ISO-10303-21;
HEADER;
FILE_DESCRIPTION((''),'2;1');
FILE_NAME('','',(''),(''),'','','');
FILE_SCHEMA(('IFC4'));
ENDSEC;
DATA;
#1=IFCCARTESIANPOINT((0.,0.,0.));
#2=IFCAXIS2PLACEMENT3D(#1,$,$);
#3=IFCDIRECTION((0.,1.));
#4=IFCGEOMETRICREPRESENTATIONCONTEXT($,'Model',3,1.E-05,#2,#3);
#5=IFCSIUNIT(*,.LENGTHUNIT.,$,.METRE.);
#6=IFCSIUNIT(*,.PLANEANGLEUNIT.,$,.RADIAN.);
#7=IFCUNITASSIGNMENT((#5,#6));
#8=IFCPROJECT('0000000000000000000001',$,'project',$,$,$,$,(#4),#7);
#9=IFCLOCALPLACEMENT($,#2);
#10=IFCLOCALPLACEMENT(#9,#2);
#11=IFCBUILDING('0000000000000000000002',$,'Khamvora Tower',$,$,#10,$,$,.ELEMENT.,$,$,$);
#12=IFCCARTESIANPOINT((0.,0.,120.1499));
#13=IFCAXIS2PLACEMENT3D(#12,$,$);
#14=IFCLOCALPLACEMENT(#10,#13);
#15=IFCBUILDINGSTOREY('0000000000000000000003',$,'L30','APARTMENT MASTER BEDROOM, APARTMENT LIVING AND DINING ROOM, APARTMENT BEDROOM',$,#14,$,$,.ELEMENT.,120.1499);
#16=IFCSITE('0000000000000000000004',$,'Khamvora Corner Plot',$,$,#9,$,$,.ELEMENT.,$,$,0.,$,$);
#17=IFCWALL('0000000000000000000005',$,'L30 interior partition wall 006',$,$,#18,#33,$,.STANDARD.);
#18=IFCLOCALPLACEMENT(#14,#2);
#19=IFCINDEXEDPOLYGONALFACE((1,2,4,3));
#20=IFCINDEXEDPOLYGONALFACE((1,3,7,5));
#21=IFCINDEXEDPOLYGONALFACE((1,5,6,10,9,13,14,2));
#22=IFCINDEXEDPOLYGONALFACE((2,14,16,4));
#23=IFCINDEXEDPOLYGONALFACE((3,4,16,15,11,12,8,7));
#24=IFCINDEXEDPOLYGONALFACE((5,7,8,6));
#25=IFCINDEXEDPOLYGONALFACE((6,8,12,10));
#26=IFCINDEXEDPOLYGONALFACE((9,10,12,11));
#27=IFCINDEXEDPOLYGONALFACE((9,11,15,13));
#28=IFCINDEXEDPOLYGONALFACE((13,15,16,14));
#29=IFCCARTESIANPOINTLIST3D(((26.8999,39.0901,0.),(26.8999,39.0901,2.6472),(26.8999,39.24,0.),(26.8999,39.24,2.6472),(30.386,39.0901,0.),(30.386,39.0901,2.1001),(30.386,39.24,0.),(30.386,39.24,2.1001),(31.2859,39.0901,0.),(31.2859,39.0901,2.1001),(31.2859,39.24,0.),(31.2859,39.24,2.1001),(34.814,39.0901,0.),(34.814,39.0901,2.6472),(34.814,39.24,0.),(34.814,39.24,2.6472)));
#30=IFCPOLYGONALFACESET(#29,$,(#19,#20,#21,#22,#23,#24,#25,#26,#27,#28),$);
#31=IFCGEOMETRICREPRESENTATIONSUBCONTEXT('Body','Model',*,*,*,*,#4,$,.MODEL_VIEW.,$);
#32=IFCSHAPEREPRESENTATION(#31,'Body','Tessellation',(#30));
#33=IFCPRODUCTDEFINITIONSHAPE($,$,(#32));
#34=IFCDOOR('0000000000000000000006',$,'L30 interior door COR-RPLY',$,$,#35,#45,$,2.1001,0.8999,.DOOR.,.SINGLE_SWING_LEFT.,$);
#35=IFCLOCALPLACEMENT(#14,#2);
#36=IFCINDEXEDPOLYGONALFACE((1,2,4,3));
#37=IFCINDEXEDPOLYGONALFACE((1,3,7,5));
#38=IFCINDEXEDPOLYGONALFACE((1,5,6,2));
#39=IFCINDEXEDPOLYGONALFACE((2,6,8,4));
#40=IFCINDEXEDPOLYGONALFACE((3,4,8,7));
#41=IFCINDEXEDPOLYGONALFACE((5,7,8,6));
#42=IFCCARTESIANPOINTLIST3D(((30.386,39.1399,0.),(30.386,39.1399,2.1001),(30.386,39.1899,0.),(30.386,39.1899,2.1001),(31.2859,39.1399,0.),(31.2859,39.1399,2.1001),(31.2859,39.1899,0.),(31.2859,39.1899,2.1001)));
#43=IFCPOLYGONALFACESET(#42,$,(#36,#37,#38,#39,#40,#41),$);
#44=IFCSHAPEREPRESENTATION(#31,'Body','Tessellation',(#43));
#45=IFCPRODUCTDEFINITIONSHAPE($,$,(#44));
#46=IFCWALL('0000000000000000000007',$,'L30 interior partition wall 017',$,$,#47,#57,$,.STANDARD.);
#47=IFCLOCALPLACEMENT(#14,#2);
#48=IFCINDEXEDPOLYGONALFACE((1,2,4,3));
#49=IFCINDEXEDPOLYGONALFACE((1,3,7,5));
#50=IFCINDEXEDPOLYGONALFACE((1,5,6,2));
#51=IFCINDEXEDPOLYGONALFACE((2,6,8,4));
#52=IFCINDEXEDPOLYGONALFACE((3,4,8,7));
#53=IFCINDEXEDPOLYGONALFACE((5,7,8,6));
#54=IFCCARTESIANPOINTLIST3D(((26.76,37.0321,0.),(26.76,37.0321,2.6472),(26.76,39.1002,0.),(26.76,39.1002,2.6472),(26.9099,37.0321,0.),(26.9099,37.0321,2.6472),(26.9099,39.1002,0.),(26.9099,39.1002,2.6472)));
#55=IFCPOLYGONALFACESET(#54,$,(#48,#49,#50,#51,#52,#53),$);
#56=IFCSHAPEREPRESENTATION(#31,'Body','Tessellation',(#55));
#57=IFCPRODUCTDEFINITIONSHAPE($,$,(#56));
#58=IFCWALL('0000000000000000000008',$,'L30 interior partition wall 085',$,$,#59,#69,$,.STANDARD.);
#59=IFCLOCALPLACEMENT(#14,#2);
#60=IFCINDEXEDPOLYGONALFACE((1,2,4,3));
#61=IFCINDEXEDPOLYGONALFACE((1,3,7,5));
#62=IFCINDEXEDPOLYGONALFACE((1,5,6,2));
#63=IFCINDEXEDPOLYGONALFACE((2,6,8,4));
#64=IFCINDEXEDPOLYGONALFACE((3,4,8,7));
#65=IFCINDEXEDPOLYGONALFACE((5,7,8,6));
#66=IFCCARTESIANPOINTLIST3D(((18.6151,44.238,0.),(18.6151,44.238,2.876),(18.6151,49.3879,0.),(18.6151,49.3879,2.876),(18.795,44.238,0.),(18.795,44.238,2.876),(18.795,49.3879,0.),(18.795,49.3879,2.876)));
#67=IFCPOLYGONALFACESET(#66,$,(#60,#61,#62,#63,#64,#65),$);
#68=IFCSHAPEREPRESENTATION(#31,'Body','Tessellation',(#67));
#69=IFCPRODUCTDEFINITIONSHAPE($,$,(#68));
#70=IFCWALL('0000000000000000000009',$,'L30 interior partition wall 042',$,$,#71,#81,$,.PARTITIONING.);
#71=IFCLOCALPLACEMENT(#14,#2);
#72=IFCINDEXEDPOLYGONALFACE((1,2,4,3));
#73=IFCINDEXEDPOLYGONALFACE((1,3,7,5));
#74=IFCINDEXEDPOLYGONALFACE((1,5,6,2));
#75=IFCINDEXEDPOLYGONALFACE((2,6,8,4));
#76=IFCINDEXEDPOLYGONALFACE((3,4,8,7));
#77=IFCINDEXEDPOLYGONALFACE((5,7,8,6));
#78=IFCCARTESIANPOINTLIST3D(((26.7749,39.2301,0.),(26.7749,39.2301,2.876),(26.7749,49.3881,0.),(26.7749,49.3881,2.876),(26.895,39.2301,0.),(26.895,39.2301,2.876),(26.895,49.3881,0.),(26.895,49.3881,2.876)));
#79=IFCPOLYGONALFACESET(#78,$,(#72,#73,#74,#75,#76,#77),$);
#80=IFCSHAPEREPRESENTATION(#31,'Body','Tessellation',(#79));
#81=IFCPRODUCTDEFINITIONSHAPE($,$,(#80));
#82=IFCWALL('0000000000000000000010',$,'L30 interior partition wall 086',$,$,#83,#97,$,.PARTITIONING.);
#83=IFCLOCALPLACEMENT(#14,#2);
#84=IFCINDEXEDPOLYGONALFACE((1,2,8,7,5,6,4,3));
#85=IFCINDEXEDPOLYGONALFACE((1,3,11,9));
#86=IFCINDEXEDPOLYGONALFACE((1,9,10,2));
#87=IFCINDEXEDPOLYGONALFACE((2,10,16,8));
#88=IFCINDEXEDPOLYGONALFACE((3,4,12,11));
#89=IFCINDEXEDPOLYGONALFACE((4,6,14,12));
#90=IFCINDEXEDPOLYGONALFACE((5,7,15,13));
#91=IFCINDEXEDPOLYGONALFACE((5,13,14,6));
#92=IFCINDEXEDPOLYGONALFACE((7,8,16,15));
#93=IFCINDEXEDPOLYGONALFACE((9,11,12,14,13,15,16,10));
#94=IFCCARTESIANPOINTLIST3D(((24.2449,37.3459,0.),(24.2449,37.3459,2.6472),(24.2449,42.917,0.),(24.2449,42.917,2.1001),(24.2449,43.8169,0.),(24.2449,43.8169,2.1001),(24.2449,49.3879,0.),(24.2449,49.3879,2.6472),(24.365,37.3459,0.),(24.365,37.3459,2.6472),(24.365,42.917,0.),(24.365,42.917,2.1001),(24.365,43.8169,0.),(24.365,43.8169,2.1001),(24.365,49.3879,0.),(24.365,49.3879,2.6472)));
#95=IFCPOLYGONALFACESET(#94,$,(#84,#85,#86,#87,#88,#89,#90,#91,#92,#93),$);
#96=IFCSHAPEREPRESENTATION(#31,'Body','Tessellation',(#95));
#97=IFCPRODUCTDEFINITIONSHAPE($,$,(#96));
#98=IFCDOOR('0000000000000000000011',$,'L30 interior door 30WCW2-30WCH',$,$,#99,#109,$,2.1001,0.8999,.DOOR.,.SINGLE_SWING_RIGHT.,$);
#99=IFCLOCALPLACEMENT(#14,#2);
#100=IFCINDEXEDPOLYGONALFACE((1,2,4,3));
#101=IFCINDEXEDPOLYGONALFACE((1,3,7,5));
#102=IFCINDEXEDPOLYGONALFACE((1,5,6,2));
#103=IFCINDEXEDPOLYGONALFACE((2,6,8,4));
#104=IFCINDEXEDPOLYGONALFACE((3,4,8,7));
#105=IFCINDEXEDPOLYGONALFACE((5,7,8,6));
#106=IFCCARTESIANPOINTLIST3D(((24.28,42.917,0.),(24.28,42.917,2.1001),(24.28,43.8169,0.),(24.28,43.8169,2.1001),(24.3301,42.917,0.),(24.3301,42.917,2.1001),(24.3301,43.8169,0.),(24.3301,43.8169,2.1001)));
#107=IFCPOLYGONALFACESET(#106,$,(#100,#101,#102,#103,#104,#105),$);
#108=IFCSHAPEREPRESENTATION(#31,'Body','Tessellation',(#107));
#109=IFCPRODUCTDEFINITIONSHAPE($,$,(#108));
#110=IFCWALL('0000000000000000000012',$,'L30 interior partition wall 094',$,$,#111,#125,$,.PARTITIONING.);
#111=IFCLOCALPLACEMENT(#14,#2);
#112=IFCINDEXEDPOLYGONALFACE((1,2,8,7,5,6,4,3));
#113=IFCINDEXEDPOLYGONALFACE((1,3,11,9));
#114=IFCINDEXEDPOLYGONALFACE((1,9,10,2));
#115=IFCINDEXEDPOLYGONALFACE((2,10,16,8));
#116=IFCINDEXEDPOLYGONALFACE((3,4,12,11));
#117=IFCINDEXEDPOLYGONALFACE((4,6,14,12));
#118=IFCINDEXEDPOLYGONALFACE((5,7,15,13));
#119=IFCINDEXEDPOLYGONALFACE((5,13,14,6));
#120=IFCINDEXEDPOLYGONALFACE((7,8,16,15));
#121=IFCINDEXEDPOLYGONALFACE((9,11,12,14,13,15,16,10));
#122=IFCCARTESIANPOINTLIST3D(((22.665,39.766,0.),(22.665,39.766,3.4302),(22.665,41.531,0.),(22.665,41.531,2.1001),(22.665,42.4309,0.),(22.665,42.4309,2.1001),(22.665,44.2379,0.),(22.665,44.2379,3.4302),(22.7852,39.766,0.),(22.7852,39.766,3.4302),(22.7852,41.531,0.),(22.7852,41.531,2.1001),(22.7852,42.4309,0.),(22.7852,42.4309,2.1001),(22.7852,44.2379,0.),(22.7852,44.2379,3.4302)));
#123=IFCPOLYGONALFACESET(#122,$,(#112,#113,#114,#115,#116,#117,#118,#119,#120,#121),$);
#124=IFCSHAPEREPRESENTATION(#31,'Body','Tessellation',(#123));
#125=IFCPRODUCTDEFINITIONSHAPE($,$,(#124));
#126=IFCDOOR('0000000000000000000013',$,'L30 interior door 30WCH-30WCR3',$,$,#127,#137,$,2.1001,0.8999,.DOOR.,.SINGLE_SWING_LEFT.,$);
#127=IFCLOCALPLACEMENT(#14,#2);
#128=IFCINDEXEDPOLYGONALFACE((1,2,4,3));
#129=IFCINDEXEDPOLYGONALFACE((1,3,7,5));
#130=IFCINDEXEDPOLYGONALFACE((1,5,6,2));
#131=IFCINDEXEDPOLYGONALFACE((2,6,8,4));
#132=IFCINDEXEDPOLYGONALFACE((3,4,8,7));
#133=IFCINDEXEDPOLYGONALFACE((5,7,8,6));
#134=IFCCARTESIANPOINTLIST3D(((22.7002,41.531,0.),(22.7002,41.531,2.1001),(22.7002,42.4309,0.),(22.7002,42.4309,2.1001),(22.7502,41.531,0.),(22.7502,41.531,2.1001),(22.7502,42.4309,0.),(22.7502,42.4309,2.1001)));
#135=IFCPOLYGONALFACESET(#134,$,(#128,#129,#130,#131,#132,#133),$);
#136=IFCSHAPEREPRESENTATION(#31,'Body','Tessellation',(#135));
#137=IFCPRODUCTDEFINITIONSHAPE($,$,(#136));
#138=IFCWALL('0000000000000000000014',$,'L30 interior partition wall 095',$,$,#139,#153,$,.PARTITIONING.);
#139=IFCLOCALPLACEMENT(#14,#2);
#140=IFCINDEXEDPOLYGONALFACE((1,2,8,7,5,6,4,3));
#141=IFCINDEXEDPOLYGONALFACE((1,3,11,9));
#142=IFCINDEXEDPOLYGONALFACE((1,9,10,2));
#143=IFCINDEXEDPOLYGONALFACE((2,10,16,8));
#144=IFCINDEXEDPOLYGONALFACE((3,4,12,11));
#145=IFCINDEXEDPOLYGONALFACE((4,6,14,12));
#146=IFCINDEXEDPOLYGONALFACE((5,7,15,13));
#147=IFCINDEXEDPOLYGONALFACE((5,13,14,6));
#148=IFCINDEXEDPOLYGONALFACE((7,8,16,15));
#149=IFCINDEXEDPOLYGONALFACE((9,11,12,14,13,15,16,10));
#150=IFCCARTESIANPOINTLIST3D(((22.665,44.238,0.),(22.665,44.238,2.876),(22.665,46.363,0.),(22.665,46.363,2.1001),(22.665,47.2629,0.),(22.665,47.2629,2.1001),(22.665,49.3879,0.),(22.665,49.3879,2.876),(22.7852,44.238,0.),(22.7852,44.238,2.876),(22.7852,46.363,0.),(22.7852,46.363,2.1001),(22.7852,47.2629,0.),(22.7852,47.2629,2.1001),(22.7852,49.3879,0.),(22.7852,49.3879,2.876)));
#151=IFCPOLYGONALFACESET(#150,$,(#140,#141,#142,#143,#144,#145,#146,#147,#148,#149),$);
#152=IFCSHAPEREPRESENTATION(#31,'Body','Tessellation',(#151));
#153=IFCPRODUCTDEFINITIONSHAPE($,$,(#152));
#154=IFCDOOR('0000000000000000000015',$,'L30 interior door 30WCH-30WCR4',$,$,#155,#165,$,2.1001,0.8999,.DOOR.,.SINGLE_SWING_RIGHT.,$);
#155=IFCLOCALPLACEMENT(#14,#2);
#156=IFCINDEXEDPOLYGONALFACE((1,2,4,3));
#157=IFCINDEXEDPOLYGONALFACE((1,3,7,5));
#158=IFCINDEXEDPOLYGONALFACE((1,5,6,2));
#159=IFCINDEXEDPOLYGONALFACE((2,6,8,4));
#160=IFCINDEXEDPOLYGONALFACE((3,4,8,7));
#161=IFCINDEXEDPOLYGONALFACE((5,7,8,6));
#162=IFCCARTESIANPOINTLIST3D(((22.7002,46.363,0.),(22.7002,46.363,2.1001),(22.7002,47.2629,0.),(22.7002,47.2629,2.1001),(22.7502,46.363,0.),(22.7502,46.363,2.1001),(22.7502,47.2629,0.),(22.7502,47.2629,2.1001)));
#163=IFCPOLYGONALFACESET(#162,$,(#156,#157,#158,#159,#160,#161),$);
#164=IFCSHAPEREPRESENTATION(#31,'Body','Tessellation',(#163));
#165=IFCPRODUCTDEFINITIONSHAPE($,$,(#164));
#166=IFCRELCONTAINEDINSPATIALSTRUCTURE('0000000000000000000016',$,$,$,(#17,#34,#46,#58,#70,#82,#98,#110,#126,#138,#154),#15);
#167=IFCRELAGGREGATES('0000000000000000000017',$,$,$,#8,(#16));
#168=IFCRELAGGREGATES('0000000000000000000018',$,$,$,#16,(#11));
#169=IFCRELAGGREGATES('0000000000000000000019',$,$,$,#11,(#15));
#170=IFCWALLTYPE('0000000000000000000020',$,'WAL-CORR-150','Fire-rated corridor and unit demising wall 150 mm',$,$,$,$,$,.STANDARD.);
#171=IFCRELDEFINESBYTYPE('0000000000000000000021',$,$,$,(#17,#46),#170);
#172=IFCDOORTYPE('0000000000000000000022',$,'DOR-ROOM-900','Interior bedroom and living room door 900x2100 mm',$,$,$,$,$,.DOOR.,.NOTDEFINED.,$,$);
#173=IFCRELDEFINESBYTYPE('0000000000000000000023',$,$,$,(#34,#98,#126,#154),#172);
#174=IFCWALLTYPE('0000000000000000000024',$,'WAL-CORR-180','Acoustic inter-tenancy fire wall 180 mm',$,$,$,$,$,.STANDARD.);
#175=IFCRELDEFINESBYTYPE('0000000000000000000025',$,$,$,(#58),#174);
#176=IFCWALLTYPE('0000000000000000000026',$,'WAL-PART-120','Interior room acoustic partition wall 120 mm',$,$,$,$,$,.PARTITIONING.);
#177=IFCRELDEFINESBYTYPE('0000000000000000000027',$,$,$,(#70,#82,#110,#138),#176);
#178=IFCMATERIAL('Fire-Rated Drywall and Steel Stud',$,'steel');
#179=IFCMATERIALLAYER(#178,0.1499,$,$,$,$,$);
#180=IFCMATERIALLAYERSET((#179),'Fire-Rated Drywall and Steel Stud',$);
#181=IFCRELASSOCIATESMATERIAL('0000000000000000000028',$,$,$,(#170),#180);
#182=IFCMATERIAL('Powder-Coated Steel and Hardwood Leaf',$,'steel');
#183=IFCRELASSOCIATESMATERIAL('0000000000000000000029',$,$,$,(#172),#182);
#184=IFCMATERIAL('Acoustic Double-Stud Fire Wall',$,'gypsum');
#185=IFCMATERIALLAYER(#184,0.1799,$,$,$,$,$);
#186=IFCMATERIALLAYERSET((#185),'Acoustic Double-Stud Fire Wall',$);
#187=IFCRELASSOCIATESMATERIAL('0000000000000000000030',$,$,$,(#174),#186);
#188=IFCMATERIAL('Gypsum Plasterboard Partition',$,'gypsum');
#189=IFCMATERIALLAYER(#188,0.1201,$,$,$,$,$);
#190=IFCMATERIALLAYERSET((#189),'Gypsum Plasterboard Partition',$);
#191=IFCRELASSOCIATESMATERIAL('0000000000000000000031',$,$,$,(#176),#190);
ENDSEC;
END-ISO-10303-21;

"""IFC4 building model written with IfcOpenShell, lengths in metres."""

from ifc_helpers import new_model, si_unit, direction, frame, frame_2d, origin, place, context, subcontext, project, spatial, rectangle, extrude, material, layer, layer_set, type_object, element, fill, save


model = new_model("IFC4")

# Units and contexts
model_context = context("Model", 3, precision=1e-05, world=origin(), true_north=direction((0.0, 1.0)))
body_context = subcontext(model_context, "Body", "Model", "MODEL_VIEW")
ifc_project = project(units=[si_unit("LENGTHUNIT", "METRE"), si_unit("PLANEANGLEUNIT", "RADIAN")], contexts=[model_context])

# Site, building, storey
site_placement = place(None, origin())
site = spatial("IfcSite", under=ifc_project, at=site_placement, Name="Khamvora Corner Plot", CompositionType="ELEMENT", RefElevation=0.0)
building_placement = place(site_placement, origin())
building = spatial("IfcBuilding", under=site, at=building_placement, Name="Khamvora Tower", CompositionType="ELEMENT")
storey_placement = place(building_placement, frame((0.0, 0.0, 120.1499)))
storey = spatial("IfcBuildingStorey", under=building, at=storey_placement, Name="L30", Description="APARTMENT MASTER BEDROOM, APARTMENT LIVING AND DINING ROOM, APARTMENT BEDROOM", CompositionType="ELEMENT", Elevation=120.1499)

# Wall, opening, door
ifc_material_1 = material(Name="Powder-Coated Steel and Hardwood Leaf", Category="steel")
ifc_material_2 = material(Name="Fire-Rated Drywall and Steel Stud", Category="steel")
ifc_layer_1 = layer(ifc_material_2, 0.1499)
ifc_layer_set_1 = layer_set([ifc_layer_1], Name="Fire-Rated Drywall and Steel Stud")
wall_type_1 = type_object("IfcWallType", Name="WAL-CORR-150", Description="Fire-rated corridor and unit demising wall 150 mm", PredefinedType="STANDARD", material=ifc_layer_set_1)
wall_1_placement = place(storey_placement, frame((26.8999, 39.165, 0.0), z_axis=(0.0, 0.0, 1.0), x_axis=(1.0, 0.0, 0.0)))
wall_1 = element("IfcWall", 1, at=wall_1_placement, inside=storey, type_object=wall_type_1, Name="L30 interior partition wall 006", PredefinedType="STANDARD", context=body_context, shape_type="SweptSolid", body=[
    extrude(rectangle(XDim=7.9141, YDim=0.1499, at=frame_2d((3.957, 0.0))), origin(), (0.0, 0.0, 1.0), 2.6472),
])
opening_1_placement = place(wall_1_placement, frame((3.4861, 0.0, 0.0)))
opening_1 = element("IfcOpeningElement", 2, at=opening_1_placement, cuts=wall_1, PredefinedType="OPENING", context=body_context, shape_type="SweptSolid", body=[
    extrude(rectangle(XDim=0.8999, YDim=2.1001, at=frame_2d((0.45, 1.05))), frame((0.0, 0.085, 0.0), z_axis=(0.0, -1.0, 0.0), x_axis=(1.0, 0.0, 0.0)), (0.0, 0.0, 1.0), 0.1699),
])
door_type_1 = type_object("IfcDoorType", Name="DOR-ROOM-900", Description="Interior bedroom and living room door 900x2100 mm", OperationType="NOTDEFINED", PredefinedType="DOOR", material=ifc_material_1)
door_1_placement = place(opening_1_placement, origin())
door_1 = element("IfcDoor", 3, at=door_1_placement, inside=storey, type_object=door_type_1, Name="L30 interior door COR-RPLY", OperationType="SINGLE_SWING_LEFT", OverallHeight=2.1001, OverallWidth=0.8999, PredefinedType="DOOR", context=body_context, shape_type="SweptSolid", body=[
    extrude(rectangle(XDim=0.8999, YDim=2.1001, at=frame_2d((0.45, 1.05))), frame((0.0, 0.0249, 0.0), z_axis=(0.0, -1.0, 0.0), x_axis=(1.0, 0.0, 0.0)), (0.0, 0.0, 1.0), 0.05),
])
fill(opening_1, door_1)

# Walls
wall_2_placement = place(storey_placement, frame((26.835, 37.032, 0.0), z_axis=(0.0, 0.0, 1.0), x_axis=(0.0, 1.0, 0.0)))
element("IfcWall", 4, at=wall_2_placement, inside=storey, type_object=wall_type_1, Name="L30 interior partition wall 017", PredefinedType="STANDARD", context=body_context, shape_type="SweptSolid", body=[
    extrude(rectangle(XDim=2.0681, YDim=0.1499, at=frame_2d((1.0342, 0.0))), origin(), (0.0, 0.0, 1.0), 2.6472),
])
ifc_material_3 = material(Name="Acoustic Double-Stud Fire Wall", Category="gypsum")
ifc_layer_2 = layer(ifc_material_3, 0.1799)
ifc_layer_set_2 = layer_set([ifc_layer_2], Name="Acoustic Double-Stud Fire Wall")
wall_type_2 = type_object("IfcWallType", Name="WAL-CORR-180", Description="Acoustic inter-tenancy fire wall 180 mm", PredefinedType="STANDARD", material=ifc_layer_set_2)
wall_3_placement = place(storey_placement, frame((18.7051, 49.3879, 0.0), z_axis=(0.0, 0.0, 1.0), x_axis=(0.0, -1.0, 0.0)))
element("IfcWall", 5, at=wall_3_placement, inside=storey, type_object=wall_type_2, Name="L30 interior partition wall 085", PredefinedType="STANDARD", context=body_context, shape_type="SweptSolid", body=[
    extrude(rectangle(XDim=5.1499, YDim=0.1799, at=frame_2d((2.575, 0.0))), origin(), (0.0, 0.0, 1.0), 2.876),
])
ifc_material_4 = material(Name="Gypsum Plasterboard Partition", Category="gypsum")
ifc_layer_3 = layer(ifc_material_4, 0.1201)
ifc_layer_set_3 = layer_set([ifc_layer_3], Name="Gypsum Plasterboard Partition")
wall_type_3 = type_object("IfcWallType", Name="WAL-PART-120", Description="Interior room acoustic partition wall 120 mm", PredefinedType="PARTITIONING", material=ifc_layer_set_3)
wall_4_placement = place(storey_placement, frame((26.835, 39.23, 0.0), z_axis=(0.0, 0.0, 1.0), x_axis=(0.0, 1.0, 0.0)))
element("IfcWall", 6, at=wall_4_placement, inside=storey, type_object=wall_type_3, Name="L30 interior partition wall 042", PredefinedType="PARTITIONING", context=body_context, shape_type="SweptSolid", body=[
    extrude(rectangle(XDim=10.158, YDim=0.1201, at=frame_2d((5.0791, 0.0))), origin(), (0.0, 0.0, 1.0), 2.876),
])

# Walls, openings, doors
wall_5_placement = place(storey_placement, frame((24.3049, 37.3459, 0.0), z_axis=(0.0, 0.0, 1.0), x_axis=(0.0, 1.0, 0.0)))
wall_5 = element("IfcWall", 7, at=wall_5_placement, inside=storey, type_object=wall_type_3, Name="L30 interior partition wall 086", PredefinedType="PARTITIONING", context=body_context, shape_type="SweptSolid", body=[
    extrude(rectangle(XDim=12.042, YDim=0.1201, at=frame_2d((6.021, 0.0))), origin(), (0.0, 0.0, 1.0), 2.6472),
])
opening_2_placement = place(wall_5_placement, frame((5.571, 0.0, 0.0)))
opening_2 = element("IfcOpeningElement", 8, at=opening_2_placement, cuts=wall_5, PredefinedType="OPENING", context=body_context, shape_type="SweptSolid", body=[
    extrude(rectangle(XDim=0.8999, YDim=2.1001, at=frame_2d((0.45, 1.05))), frame((0.0, 0.0701, 0.0), z_axis=(0.0, -1.0, 0.0), x_axis=(1.0, 0.0, 0.0)), (0.0, 0.0, 1.0), 0.1401),
])
door_2_placement = place(opening_2_placement, origin())
door_2 = element("IfcDoor", 9, at=door_2_placement, inside=storey, type_object=door_type_1, Name="L30 interior door 30WCW2-30WCH", OperationType="SINGLE_SWING_RIGHT", OverallHeight=2.1001, OverallWidth=0.8999, PredefinedType="DOOR", context=body_context, shape_type="SweptSolid", body=[
    extrude(rectangle(XDim=0.8999, YDim=2.1001, at=frame_2d((0.45, 1.05))), frame((0.0, 0.0249, 0.0), z_axis=(0.0, -1.0, 0.0), x_axis=(1.0, 0.0, 0.0)), (0.0, 0.0, 1.0), 0.05),
])
fill(opening_2, door_2)
wall_6_placement = place(storey_placement, frame((22.7251, 39.7661, 0.0), z_axis=(0.0, 0.0, 1.0), x_axis=(0.0, 1.0, 0.0)))
wall_6 = element("IfcWall", 10, at=wall_6_placement, inside=storey, type_object=wall_type_3, Name="L30 interior partition wall 094", PredefinedType="PARTITIONING", context=body_context, shape_type="SweptSolid", body=[
    extrude(rectangle(XDim=4.4719, YDim=0.1201, at=frame_2d((2.2358, 0.0))), origin(), (0.0, 0.0, 1.0), 3.4302),
])
opening_3_placement = place(wall_6_placement, frame((1.7649, 0.0, 0.0)))
opening_3 = element("IfcOpeningElement", 11, at=opening_3_placement, cuts=wall_6, PredefinedType="OPENING", context=body_context, shape_type="SweptSolid", body=[
    extrude(rectangle(XDim=0.8999, YDim=2.1001, at=frame_2d((0.45, 1.05))), frame((0.0, 0.0701, 0.0), z_axis=(0.0, -1.0, 0.0), x_axis=(1.0, 0.0, 0.0)), (0.0, 0.0, 1.0), 0.1401),
])
door_3_placement = place(opening_3_placement, origin())
door_3 = element("IfcDoor", 12, at=door_3_placement, inside=storey, type_object=door_type_1, Name="L30 interior door 30WCH-30WCR3", OperationType="SINGLE_SWING_LEFT", OverallHeight=2.1001, OverallWidth=0.8999, PredefinedType="DOOR", context=body_context, shape_type="SweptSolid", body=[
    extrude(rectangle(XDim=0.8999, YDim=2.1001, at=frame_2d((0.45, 1.05))), frame((0.0, 0.0249, 0.0), z_axis=(0.0, -1.0, 0.0), x_axis=(1.0, 0.0, 0.0)), (0.0, 0.0, 1.0), 0.05),
])
fill(opening_3, door_3)
wall_7_placement = place(storey_placement, frame((22.7251, 44.238, 0.0), z_axis=(0.0, 0.0, 1.0), x_axis=(0.0, 1.0, 0.0)))
wall_7 = element("IfcWall", 13, at=wall_7_placement, inside=storey, type_object=wall_type_3, Name="L30 interior partition wall 095", PredefinedType="PARTITIONING", context=body_context, shape_type="SweptSolid", body=[
    extrude(rectangle(XDim=5.1499, YDim=0.1201, at=frame_2d((2.575, 0.0))), origin(), (0.0, 0.0, 1.0), 2.876),
])
opening_4_placement = place(wall_7_placement, frame((2.125, 0.0, 0.0)))
opening_4 = element("IfcOpeningElement", 14, at=opening_4_placement, cuts=wall_7, PredefinedType="OPENING", context=body_context, shape_type="SweptSolid", body=[
    extrude(rectangle(XDim=0.8999, YDim=2.1001, at=frame_2d((0.45, 1.05))), frame((0.0, 0.0701, 0.0), z_axis=(0.0, -1.0, 0.0), x_axis=(1.0, 0.0, 0.0)), (0.0, 0.0, 1.0), 0.1401),
])
door_4_placement = place(opening_4_placement, origin())
door_4 = element("IfcDoor", 15, at=door_4_placement, inside=storey, type_object=door_type_1, Name="L30 interior door 30WCH-30WCR4", OperationType="SINGLE_SWING_RIGHT", OverallHeight=2.1001, OverallWidth=0.8999, PredefinedType="DOOR", context=body_context, shape_type="SweptSolid", body=[
    extrude(rectangle(XDim=0.8999, YDim=2.1001, at=frame_2d((0.45, 1.05))), frame((0.0, 0.0249, 0.0), z_axis=(0.0, -1.0, 0.0), x_axis=(1.0, 0.0, 0.0)), (0.0, 0.0, 1.0), 0.05),
])
fill(opening_4, door_4)

save(model, "model.ifc")
